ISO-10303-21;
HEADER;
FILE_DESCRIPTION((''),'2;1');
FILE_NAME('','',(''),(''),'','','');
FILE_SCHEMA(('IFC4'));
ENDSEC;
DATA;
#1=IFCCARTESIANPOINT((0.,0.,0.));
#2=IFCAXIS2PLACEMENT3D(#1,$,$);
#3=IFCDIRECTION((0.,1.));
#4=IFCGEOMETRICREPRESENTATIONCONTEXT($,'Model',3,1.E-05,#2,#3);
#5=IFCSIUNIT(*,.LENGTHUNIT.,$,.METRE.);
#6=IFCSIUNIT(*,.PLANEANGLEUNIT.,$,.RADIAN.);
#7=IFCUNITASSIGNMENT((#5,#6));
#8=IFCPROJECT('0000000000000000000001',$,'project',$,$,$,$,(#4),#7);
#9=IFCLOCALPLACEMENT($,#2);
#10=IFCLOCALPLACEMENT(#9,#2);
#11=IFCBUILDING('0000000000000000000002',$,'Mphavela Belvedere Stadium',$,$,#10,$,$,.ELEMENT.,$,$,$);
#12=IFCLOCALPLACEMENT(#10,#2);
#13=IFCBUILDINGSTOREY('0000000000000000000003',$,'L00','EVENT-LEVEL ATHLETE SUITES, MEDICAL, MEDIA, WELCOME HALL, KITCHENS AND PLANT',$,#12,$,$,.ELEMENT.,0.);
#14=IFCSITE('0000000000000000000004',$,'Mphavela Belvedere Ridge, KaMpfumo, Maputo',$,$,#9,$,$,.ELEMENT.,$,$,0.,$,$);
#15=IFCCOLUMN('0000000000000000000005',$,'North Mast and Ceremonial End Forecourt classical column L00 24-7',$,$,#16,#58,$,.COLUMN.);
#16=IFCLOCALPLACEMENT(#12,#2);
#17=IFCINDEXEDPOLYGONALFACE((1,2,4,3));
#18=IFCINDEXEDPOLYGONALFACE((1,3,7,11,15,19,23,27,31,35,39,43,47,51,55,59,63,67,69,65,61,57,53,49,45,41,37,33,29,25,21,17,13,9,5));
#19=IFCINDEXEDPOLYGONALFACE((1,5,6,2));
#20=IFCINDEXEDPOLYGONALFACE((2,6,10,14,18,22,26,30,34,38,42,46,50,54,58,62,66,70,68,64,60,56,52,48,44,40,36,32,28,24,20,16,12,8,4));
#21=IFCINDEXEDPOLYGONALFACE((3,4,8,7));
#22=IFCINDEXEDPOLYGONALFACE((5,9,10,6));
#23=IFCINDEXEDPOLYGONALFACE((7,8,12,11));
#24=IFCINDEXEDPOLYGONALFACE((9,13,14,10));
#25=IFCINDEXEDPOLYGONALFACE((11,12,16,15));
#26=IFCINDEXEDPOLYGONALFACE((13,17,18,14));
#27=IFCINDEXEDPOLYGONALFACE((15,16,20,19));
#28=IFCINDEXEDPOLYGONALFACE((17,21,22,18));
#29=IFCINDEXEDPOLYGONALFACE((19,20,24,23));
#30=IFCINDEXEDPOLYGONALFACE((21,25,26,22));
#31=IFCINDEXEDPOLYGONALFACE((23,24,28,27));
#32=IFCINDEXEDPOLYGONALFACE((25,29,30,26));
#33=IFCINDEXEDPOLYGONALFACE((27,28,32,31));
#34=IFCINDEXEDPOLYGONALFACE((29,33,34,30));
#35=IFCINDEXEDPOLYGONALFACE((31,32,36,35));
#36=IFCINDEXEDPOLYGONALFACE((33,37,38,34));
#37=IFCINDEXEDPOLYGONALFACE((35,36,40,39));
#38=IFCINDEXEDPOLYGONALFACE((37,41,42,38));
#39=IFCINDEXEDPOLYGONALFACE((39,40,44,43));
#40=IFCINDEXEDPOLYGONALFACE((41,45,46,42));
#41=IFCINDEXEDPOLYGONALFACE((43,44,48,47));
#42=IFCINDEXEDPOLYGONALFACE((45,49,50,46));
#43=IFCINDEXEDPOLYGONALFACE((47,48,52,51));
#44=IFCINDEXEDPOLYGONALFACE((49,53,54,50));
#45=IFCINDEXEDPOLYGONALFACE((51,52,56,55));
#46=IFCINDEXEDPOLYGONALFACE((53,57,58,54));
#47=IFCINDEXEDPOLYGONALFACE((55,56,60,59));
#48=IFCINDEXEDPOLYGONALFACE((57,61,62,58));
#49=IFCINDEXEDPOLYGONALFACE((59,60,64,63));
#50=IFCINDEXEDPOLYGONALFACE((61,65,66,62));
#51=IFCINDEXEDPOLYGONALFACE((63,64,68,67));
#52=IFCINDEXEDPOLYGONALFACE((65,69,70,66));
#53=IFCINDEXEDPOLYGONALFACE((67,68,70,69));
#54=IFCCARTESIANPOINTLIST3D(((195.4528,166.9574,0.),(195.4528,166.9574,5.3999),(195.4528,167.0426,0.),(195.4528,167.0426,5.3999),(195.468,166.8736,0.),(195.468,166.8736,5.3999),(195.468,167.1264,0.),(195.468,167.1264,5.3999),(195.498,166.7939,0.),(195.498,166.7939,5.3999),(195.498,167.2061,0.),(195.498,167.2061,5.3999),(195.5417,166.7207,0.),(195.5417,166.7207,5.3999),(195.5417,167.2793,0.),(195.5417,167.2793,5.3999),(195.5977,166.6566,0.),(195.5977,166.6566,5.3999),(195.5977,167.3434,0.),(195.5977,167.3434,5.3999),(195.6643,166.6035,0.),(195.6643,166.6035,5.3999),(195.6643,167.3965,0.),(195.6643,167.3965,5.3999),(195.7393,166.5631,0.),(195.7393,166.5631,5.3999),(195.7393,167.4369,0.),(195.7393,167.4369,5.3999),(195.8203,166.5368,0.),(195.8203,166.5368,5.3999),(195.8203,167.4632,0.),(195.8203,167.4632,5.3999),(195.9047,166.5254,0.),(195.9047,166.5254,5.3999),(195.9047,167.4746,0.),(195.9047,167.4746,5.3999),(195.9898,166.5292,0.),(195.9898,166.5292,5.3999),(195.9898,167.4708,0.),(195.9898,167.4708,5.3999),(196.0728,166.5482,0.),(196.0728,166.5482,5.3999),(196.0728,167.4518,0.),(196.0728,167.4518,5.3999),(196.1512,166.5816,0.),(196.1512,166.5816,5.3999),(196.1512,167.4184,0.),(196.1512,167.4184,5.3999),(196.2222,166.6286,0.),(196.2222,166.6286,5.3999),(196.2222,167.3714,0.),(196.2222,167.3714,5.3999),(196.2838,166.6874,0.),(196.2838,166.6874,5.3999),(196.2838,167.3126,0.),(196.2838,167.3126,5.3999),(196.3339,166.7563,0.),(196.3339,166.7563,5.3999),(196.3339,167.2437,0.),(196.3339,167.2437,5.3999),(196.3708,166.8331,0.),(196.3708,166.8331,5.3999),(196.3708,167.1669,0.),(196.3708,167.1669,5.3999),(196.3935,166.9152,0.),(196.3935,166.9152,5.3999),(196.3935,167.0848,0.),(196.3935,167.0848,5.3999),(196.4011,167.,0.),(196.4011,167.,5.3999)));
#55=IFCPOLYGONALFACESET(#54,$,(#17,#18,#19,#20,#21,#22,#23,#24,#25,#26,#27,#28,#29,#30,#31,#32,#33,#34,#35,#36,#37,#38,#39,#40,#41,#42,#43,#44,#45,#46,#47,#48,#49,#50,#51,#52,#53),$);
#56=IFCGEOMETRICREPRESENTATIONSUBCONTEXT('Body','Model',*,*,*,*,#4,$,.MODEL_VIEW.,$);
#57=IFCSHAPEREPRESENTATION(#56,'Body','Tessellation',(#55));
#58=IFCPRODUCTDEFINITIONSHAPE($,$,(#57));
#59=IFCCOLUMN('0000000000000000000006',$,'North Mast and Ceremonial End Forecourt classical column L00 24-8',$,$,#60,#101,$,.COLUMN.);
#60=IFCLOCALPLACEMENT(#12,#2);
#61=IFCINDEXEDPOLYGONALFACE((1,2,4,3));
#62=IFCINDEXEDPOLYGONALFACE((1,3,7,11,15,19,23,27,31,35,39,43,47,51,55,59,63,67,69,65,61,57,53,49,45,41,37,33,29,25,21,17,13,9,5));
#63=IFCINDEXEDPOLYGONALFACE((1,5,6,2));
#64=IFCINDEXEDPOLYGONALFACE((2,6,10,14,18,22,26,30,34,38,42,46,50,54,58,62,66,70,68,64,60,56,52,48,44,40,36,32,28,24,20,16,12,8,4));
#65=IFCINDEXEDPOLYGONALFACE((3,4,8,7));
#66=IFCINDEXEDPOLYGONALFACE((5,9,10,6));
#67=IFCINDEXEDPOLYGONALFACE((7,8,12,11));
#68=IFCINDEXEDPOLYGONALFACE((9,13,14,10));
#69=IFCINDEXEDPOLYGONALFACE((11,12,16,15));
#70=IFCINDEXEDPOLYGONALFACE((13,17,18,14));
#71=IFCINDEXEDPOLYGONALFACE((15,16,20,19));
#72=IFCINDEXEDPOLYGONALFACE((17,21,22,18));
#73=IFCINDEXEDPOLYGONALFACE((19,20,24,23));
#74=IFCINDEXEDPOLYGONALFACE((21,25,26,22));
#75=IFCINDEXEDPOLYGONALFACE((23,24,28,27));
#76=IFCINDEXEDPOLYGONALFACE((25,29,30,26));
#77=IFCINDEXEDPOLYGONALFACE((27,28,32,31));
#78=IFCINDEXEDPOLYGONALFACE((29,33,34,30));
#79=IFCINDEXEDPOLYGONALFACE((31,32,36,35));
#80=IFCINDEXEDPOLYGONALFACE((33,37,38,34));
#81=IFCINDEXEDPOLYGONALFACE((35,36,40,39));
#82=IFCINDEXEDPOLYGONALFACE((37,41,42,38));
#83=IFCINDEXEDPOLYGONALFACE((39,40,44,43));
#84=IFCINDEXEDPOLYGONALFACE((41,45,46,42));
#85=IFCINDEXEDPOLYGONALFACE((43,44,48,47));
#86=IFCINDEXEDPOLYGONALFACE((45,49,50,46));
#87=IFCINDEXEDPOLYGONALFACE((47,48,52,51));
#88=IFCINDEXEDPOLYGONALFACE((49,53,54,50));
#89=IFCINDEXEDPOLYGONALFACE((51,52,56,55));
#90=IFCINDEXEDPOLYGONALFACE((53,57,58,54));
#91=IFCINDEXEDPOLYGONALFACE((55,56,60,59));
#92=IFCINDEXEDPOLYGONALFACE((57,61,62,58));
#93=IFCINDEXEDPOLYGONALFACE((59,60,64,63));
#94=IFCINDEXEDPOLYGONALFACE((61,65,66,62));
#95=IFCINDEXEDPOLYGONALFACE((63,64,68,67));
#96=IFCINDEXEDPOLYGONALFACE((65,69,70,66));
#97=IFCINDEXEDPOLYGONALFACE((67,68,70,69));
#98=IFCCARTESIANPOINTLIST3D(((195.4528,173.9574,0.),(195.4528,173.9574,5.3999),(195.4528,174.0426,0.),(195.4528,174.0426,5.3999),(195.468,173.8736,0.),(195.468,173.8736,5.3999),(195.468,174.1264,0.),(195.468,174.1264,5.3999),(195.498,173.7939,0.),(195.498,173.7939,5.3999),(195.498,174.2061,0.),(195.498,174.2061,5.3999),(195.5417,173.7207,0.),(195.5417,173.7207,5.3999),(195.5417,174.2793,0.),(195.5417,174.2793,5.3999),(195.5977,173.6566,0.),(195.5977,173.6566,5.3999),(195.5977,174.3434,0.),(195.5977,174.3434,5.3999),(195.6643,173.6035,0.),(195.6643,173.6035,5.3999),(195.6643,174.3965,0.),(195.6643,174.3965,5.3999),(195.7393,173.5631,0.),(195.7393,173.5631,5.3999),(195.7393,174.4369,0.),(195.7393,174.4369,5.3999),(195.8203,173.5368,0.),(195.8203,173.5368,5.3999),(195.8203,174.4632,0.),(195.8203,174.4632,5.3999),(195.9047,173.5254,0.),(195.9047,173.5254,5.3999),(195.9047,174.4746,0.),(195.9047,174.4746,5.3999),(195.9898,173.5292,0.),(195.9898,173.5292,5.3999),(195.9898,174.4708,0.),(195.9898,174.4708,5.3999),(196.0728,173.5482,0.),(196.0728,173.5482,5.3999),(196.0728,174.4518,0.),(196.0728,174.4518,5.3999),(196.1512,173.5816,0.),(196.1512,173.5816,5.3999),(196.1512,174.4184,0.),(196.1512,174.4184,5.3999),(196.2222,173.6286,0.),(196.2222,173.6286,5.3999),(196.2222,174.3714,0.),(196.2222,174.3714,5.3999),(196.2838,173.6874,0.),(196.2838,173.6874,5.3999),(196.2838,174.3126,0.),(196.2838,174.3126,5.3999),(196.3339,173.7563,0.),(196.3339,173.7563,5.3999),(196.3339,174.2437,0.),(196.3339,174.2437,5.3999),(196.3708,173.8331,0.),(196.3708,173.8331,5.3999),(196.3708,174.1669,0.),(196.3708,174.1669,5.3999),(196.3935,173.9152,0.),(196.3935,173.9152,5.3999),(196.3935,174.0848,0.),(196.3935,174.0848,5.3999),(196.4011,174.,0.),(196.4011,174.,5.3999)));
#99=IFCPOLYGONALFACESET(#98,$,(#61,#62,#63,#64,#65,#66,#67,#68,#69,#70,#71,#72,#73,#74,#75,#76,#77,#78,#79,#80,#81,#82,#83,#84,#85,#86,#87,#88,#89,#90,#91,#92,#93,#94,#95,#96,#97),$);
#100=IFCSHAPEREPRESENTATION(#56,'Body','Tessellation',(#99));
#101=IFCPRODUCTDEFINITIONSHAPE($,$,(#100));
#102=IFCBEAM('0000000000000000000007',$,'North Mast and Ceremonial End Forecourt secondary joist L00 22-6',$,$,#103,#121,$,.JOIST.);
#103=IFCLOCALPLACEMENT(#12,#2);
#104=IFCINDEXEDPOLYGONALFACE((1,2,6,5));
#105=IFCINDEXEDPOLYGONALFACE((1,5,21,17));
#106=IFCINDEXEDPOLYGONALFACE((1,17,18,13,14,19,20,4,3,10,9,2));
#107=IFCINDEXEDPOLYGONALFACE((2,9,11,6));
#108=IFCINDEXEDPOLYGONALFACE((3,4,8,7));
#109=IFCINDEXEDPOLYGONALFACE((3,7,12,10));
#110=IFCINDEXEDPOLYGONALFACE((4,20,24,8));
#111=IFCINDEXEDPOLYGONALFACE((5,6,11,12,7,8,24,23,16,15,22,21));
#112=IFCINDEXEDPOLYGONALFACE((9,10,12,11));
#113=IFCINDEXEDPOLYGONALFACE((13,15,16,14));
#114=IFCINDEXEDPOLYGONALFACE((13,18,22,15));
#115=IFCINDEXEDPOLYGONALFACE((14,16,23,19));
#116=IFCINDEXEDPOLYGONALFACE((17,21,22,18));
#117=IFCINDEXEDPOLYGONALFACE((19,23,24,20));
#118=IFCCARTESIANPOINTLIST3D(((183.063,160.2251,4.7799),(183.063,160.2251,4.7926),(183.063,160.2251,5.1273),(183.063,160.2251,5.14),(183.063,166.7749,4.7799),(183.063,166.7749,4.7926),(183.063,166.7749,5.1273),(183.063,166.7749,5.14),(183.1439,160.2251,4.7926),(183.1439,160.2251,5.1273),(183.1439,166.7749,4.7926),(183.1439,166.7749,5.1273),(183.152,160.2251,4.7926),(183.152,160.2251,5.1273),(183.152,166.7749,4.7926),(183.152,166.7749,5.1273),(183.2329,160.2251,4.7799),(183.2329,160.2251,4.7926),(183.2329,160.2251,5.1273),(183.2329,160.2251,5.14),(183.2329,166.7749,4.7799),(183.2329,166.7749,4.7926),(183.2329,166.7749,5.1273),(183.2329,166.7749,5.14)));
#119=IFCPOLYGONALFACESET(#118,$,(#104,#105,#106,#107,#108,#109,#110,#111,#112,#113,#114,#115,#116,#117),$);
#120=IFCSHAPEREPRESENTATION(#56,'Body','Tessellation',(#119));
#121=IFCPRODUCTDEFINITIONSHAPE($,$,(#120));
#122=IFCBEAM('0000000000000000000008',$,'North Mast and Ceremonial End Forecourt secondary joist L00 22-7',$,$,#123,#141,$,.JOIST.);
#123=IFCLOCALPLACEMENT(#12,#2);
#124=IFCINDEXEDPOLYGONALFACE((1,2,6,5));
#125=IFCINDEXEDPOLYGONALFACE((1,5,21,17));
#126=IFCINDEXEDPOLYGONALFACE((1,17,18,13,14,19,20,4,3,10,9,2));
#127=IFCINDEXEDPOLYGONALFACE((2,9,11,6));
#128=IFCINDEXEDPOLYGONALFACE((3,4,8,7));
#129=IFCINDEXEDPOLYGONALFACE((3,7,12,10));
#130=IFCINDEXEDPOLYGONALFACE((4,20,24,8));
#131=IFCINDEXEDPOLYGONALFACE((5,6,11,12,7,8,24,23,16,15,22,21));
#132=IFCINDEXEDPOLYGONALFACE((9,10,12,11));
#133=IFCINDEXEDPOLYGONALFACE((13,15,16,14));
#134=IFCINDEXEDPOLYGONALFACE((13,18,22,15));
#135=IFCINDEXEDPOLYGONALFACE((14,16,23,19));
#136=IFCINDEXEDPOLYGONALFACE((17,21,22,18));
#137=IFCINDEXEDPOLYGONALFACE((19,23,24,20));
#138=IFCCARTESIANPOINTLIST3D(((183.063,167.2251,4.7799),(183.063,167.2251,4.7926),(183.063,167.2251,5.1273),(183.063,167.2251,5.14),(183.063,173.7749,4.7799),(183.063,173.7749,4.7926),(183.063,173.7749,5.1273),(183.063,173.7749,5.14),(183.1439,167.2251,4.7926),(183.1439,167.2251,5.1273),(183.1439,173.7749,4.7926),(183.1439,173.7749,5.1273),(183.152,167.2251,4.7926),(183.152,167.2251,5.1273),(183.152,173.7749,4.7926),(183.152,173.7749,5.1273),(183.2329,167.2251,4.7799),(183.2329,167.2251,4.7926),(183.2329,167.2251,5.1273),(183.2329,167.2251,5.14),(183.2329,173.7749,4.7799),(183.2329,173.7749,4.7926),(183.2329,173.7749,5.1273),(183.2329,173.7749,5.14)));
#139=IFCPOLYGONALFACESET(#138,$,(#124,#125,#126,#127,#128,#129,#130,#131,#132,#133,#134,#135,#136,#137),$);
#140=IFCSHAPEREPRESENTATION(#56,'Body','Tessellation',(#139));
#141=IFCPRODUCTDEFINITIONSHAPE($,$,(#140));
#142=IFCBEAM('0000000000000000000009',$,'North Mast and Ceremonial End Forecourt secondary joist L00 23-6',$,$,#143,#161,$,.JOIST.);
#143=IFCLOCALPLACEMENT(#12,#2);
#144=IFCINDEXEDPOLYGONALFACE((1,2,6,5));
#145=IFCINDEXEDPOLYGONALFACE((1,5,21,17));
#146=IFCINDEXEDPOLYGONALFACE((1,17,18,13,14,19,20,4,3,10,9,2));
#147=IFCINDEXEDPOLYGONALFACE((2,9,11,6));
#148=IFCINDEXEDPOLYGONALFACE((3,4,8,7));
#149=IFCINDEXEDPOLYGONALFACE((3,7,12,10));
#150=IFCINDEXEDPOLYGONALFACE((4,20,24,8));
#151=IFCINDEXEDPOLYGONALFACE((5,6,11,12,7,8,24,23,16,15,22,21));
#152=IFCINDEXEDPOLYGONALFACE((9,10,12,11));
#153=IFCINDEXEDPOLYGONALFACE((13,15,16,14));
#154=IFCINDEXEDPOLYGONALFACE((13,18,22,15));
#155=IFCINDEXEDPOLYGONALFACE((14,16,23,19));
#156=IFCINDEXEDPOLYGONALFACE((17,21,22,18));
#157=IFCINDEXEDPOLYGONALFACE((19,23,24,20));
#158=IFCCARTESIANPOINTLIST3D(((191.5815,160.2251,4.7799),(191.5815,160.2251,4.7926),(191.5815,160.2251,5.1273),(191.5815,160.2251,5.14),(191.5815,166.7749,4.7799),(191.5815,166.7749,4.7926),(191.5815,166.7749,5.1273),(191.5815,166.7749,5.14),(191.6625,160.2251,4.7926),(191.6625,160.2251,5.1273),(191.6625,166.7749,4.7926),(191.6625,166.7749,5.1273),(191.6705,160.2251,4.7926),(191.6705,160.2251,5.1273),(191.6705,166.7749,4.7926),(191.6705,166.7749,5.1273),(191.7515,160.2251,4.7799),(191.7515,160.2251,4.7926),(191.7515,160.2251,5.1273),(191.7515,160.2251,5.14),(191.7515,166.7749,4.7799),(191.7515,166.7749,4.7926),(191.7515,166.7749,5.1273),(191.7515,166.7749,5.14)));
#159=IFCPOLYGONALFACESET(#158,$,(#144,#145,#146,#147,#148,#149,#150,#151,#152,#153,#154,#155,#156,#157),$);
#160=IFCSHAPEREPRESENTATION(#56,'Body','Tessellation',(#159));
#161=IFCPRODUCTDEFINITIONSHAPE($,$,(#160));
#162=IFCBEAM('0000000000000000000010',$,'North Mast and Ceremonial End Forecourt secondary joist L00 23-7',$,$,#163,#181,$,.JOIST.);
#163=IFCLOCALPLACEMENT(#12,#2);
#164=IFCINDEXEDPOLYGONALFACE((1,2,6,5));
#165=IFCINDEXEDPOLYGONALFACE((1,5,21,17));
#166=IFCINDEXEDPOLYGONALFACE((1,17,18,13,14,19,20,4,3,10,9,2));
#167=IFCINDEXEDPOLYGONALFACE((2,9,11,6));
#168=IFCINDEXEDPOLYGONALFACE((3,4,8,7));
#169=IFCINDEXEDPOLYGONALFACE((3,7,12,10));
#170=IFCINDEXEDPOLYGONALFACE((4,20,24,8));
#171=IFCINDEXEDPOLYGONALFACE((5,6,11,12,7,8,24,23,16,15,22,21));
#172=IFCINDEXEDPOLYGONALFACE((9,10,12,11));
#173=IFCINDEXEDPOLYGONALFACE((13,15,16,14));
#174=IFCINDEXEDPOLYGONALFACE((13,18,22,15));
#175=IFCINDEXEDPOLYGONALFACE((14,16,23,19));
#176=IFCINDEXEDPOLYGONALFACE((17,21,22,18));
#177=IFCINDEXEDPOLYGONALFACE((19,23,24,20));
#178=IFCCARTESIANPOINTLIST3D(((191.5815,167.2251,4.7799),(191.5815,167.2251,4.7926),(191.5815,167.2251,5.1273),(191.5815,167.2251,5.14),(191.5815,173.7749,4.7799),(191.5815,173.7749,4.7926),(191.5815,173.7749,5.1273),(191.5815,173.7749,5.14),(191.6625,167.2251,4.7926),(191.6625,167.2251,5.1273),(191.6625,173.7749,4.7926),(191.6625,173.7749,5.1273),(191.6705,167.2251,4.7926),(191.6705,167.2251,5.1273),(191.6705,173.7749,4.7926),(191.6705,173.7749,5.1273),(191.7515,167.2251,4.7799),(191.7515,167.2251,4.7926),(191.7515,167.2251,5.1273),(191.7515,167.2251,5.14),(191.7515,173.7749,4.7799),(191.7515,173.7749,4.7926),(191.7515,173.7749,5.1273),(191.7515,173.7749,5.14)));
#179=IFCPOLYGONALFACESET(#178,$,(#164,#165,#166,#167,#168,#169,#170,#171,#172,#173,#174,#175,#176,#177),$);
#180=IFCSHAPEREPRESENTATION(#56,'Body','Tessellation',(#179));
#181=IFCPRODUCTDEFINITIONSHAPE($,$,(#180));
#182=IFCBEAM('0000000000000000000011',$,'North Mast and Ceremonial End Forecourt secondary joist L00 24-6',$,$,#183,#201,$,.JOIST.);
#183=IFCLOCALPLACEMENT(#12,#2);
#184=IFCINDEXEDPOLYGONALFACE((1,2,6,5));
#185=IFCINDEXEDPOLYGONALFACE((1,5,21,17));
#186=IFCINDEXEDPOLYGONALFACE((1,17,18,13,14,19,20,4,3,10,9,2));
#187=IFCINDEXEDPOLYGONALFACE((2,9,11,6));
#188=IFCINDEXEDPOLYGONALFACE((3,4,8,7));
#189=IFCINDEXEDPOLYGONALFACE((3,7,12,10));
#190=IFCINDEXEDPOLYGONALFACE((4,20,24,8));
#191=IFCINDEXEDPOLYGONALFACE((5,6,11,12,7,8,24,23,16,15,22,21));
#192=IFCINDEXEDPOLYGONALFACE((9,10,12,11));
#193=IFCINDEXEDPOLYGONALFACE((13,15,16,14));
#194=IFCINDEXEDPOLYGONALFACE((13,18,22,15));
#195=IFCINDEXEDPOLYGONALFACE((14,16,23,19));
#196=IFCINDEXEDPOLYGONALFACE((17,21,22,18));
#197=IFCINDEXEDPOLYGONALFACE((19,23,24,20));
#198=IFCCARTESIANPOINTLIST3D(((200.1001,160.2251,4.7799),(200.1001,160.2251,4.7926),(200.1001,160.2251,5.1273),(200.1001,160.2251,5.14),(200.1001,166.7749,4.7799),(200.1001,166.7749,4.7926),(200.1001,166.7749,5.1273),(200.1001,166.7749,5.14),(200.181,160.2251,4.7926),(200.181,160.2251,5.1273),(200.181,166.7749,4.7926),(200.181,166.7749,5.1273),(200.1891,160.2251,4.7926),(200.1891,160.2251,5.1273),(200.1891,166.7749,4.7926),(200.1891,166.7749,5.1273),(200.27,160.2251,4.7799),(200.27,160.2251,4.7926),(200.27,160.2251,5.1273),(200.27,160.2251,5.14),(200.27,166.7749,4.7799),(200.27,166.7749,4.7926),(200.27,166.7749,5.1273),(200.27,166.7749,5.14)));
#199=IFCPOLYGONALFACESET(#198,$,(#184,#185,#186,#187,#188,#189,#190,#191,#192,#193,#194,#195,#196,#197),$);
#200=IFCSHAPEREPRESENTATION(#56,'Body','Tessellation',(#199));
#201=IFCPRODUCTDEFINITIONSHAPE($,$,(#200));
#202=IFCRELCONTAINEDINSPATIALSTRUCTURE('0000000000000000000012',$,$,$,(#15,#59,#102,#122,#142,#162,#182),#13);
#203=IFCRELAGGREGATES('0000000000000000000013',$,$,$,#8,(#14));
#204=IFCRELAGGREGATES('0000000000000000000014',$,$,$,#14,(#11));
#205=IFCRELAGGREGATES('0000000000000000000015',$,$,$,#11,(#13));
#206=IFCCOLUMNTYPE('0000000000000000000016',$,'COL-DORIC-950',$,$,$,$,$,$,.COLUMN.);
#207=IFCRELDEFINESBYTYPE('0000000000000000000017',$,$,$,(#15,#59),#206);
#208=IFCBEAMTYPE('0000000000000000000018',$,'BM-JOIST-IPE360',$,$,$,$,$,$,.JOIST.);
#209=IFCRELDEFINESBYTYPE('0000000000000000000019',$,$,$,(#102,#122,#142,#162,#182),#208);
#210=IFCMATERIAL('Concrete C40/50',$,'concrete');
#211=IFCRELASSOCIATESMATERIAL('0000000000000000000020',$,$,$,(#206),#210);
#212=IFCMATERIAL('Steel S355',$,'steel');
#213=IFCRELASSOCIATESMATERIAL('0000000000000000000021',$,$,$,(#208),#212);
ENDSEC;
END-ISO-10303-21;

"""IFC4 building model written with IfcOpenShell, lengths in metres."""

from ifc_helpers import new_model, si_unit, direction, frame, origin, origin_2d, place, context, subcontext, project, spatial, circle, i_section, extrude, material, material_profile, profile_set, type_object, element, save


model = new_model("IFC4")

# Units and contexts
model_context = context("Model", 3, precision=1e-05, world=origin(), true_north=direction((0.0, 1.0)))
body_context = subcontext(model_context, "Body", "Model", "MODEL_VIEW")
ifc_project = project(units=[si_unit("LENGTHUNIT", "METRE"), si_unit("PLANEANGLEUNIT", "RADIAN")], contexts=[model_context])

# Site, building, storey
site_placement = place(None, origin())
site = spatial("IfcSite", under=ifc_project, at=site_placement, Name="Mphavela Belvedere Ridge, KaMpfumo, Maputo", CompositionType="ELEMENT", RefElevation=0.0)
building_placement = place(site_placement, origin())
building = spatial("IfcBuilding", under=site, at=building_placement, Name="Mphavela Belvedere Stadium", CompositionType="ELEMENT")
storey_placement = place(building_placement, origin())
storey = spatial("IfcBuildingStorey", under=building, at=storey_placement, Name="L00", Description="EVENT-LEVEL ATHLETE SUITES, MEDICAL, MEDIA, WELCOME HALL, KITCHENS AND PLANT", CompositionType="ELEMENT", Elevation=0.0)

# Columns
ifc_material_1 = material(Name="Concrete C40/50", Category="concrete")
ifc_material_profile_1 = material_profile(ifc_material_1, circle(Radius=0.4751, at=origin_2d()), Name="COL D950")
ifc_profile_set_1 = profile_set([ifc_material_profile_1], Name="Concrete C40/50")
column_type = type_object("IfcColumnType", Name="COL-DORIC-950", PredefinedType="COLUMN", material=ifc_profile_set_1)
for number, where, z_axis, x_axis, name in (
    (1, (195.926, 167.0, 0.0), (0.0, 0.0, 1.0), (1.0, 0.0, 0.0), "North Mast and Ceremonial End Forecourt classical column L00 24-7"),
    (2, (195.926, 174.0, 0.0), (0.0, 0.0, 1.0), (1.0, 0.0, 0.0), "North Mast and Ceremonial End Forecourt classical column L00 24-8"),
):
    element("IfcColumn", number, at=place(storey_placement, frame(where, z_axis=z_axis, x_axis=x_axis)), inside=storey, type_object=column_type, Name=name, PredefinedType="COLUMN", context=body_context, shape_type="SweptSolid", body=[
        extrude(circle(Radius=0.4751, at=origin_2d()), origin(), (0.0, 0.0, 1.0), 5.3999),
    ])

# Beams
ifc_material_2 = material(Name="Steel S355", Category="steel")
ifc_material_profile_2 = material_profile(ifc_material_2, i_section(OverallWidth=0.1699, OverallDepth=0.3601, WebThickness=0.0081, FlangeThickness=0.0127, at=origin_2d()), Name="IPE 360")
ifc_profile_set_2 = profile_set([ifc_material_profile_2], Name="Steel S355")
beam_type_1 = type_object("IfcBeamType", Name="BM-JOIST-IPE360", PredefinedType="JOIST", material=ifc_profile_set_2)
for number, where, z_axis, x_axis, name in (
    (3, (183.1479, 160.2251, 4.96), (0.0, 1.0, 0.0), (-1.0, 0.0, 0.0), "North Mast and Ceremonial End Forecourt secondary joist L00 22-6"),
    (4, (183.1479, 167.2251, 4.96), (0.0, 1.0, 0.0), (-1.0, 0.0, 0.0), "North Mast and Ceremonial End Forecourt secondary joist L00 22-7"),
    (5, (191.6665, 160.2251, 4.96), (0.0, 1.0, 0.0), (-1.0, 0.0, 0.0), "North Mast and Ceremonial End Forecourt secondary joist L00 23-6"),
    (6, (191.6665, 167.2251, 4.96), (0.0, 1.0, 0.0), (-1.0, 0.0, 0.0), "North Mast and Ceremonial End Forecourt secondary joist L00 23-7"),
    (7, (200.1851, 160.2251, 4.96), (0.0, 1.0, 0.0), (-1.0, 0.0, 0.0), "North Mast and Ceremonial End Forecourt secondary joist L00 24-6"),
):
    element("IfcBeam", number, at=place(storey_placement, frame(where, z_axis=z_axis, x_axis=x_axis)), inside=storey, type_object=beam_type_1, Name=name, PredefinedType="JOIST", context=body_context, shape_type="SweptSolid", body=[
        extrude(i_section(OverallWidth=0.1699, OverallDepth=0.3601, WebThickness=0.0081, FlangeThickness=0.0127, at=origin_2d()), origin(), (0.0, 0.0, 1.0), 6.5498),
    ])

save(model, "model.ifc")
